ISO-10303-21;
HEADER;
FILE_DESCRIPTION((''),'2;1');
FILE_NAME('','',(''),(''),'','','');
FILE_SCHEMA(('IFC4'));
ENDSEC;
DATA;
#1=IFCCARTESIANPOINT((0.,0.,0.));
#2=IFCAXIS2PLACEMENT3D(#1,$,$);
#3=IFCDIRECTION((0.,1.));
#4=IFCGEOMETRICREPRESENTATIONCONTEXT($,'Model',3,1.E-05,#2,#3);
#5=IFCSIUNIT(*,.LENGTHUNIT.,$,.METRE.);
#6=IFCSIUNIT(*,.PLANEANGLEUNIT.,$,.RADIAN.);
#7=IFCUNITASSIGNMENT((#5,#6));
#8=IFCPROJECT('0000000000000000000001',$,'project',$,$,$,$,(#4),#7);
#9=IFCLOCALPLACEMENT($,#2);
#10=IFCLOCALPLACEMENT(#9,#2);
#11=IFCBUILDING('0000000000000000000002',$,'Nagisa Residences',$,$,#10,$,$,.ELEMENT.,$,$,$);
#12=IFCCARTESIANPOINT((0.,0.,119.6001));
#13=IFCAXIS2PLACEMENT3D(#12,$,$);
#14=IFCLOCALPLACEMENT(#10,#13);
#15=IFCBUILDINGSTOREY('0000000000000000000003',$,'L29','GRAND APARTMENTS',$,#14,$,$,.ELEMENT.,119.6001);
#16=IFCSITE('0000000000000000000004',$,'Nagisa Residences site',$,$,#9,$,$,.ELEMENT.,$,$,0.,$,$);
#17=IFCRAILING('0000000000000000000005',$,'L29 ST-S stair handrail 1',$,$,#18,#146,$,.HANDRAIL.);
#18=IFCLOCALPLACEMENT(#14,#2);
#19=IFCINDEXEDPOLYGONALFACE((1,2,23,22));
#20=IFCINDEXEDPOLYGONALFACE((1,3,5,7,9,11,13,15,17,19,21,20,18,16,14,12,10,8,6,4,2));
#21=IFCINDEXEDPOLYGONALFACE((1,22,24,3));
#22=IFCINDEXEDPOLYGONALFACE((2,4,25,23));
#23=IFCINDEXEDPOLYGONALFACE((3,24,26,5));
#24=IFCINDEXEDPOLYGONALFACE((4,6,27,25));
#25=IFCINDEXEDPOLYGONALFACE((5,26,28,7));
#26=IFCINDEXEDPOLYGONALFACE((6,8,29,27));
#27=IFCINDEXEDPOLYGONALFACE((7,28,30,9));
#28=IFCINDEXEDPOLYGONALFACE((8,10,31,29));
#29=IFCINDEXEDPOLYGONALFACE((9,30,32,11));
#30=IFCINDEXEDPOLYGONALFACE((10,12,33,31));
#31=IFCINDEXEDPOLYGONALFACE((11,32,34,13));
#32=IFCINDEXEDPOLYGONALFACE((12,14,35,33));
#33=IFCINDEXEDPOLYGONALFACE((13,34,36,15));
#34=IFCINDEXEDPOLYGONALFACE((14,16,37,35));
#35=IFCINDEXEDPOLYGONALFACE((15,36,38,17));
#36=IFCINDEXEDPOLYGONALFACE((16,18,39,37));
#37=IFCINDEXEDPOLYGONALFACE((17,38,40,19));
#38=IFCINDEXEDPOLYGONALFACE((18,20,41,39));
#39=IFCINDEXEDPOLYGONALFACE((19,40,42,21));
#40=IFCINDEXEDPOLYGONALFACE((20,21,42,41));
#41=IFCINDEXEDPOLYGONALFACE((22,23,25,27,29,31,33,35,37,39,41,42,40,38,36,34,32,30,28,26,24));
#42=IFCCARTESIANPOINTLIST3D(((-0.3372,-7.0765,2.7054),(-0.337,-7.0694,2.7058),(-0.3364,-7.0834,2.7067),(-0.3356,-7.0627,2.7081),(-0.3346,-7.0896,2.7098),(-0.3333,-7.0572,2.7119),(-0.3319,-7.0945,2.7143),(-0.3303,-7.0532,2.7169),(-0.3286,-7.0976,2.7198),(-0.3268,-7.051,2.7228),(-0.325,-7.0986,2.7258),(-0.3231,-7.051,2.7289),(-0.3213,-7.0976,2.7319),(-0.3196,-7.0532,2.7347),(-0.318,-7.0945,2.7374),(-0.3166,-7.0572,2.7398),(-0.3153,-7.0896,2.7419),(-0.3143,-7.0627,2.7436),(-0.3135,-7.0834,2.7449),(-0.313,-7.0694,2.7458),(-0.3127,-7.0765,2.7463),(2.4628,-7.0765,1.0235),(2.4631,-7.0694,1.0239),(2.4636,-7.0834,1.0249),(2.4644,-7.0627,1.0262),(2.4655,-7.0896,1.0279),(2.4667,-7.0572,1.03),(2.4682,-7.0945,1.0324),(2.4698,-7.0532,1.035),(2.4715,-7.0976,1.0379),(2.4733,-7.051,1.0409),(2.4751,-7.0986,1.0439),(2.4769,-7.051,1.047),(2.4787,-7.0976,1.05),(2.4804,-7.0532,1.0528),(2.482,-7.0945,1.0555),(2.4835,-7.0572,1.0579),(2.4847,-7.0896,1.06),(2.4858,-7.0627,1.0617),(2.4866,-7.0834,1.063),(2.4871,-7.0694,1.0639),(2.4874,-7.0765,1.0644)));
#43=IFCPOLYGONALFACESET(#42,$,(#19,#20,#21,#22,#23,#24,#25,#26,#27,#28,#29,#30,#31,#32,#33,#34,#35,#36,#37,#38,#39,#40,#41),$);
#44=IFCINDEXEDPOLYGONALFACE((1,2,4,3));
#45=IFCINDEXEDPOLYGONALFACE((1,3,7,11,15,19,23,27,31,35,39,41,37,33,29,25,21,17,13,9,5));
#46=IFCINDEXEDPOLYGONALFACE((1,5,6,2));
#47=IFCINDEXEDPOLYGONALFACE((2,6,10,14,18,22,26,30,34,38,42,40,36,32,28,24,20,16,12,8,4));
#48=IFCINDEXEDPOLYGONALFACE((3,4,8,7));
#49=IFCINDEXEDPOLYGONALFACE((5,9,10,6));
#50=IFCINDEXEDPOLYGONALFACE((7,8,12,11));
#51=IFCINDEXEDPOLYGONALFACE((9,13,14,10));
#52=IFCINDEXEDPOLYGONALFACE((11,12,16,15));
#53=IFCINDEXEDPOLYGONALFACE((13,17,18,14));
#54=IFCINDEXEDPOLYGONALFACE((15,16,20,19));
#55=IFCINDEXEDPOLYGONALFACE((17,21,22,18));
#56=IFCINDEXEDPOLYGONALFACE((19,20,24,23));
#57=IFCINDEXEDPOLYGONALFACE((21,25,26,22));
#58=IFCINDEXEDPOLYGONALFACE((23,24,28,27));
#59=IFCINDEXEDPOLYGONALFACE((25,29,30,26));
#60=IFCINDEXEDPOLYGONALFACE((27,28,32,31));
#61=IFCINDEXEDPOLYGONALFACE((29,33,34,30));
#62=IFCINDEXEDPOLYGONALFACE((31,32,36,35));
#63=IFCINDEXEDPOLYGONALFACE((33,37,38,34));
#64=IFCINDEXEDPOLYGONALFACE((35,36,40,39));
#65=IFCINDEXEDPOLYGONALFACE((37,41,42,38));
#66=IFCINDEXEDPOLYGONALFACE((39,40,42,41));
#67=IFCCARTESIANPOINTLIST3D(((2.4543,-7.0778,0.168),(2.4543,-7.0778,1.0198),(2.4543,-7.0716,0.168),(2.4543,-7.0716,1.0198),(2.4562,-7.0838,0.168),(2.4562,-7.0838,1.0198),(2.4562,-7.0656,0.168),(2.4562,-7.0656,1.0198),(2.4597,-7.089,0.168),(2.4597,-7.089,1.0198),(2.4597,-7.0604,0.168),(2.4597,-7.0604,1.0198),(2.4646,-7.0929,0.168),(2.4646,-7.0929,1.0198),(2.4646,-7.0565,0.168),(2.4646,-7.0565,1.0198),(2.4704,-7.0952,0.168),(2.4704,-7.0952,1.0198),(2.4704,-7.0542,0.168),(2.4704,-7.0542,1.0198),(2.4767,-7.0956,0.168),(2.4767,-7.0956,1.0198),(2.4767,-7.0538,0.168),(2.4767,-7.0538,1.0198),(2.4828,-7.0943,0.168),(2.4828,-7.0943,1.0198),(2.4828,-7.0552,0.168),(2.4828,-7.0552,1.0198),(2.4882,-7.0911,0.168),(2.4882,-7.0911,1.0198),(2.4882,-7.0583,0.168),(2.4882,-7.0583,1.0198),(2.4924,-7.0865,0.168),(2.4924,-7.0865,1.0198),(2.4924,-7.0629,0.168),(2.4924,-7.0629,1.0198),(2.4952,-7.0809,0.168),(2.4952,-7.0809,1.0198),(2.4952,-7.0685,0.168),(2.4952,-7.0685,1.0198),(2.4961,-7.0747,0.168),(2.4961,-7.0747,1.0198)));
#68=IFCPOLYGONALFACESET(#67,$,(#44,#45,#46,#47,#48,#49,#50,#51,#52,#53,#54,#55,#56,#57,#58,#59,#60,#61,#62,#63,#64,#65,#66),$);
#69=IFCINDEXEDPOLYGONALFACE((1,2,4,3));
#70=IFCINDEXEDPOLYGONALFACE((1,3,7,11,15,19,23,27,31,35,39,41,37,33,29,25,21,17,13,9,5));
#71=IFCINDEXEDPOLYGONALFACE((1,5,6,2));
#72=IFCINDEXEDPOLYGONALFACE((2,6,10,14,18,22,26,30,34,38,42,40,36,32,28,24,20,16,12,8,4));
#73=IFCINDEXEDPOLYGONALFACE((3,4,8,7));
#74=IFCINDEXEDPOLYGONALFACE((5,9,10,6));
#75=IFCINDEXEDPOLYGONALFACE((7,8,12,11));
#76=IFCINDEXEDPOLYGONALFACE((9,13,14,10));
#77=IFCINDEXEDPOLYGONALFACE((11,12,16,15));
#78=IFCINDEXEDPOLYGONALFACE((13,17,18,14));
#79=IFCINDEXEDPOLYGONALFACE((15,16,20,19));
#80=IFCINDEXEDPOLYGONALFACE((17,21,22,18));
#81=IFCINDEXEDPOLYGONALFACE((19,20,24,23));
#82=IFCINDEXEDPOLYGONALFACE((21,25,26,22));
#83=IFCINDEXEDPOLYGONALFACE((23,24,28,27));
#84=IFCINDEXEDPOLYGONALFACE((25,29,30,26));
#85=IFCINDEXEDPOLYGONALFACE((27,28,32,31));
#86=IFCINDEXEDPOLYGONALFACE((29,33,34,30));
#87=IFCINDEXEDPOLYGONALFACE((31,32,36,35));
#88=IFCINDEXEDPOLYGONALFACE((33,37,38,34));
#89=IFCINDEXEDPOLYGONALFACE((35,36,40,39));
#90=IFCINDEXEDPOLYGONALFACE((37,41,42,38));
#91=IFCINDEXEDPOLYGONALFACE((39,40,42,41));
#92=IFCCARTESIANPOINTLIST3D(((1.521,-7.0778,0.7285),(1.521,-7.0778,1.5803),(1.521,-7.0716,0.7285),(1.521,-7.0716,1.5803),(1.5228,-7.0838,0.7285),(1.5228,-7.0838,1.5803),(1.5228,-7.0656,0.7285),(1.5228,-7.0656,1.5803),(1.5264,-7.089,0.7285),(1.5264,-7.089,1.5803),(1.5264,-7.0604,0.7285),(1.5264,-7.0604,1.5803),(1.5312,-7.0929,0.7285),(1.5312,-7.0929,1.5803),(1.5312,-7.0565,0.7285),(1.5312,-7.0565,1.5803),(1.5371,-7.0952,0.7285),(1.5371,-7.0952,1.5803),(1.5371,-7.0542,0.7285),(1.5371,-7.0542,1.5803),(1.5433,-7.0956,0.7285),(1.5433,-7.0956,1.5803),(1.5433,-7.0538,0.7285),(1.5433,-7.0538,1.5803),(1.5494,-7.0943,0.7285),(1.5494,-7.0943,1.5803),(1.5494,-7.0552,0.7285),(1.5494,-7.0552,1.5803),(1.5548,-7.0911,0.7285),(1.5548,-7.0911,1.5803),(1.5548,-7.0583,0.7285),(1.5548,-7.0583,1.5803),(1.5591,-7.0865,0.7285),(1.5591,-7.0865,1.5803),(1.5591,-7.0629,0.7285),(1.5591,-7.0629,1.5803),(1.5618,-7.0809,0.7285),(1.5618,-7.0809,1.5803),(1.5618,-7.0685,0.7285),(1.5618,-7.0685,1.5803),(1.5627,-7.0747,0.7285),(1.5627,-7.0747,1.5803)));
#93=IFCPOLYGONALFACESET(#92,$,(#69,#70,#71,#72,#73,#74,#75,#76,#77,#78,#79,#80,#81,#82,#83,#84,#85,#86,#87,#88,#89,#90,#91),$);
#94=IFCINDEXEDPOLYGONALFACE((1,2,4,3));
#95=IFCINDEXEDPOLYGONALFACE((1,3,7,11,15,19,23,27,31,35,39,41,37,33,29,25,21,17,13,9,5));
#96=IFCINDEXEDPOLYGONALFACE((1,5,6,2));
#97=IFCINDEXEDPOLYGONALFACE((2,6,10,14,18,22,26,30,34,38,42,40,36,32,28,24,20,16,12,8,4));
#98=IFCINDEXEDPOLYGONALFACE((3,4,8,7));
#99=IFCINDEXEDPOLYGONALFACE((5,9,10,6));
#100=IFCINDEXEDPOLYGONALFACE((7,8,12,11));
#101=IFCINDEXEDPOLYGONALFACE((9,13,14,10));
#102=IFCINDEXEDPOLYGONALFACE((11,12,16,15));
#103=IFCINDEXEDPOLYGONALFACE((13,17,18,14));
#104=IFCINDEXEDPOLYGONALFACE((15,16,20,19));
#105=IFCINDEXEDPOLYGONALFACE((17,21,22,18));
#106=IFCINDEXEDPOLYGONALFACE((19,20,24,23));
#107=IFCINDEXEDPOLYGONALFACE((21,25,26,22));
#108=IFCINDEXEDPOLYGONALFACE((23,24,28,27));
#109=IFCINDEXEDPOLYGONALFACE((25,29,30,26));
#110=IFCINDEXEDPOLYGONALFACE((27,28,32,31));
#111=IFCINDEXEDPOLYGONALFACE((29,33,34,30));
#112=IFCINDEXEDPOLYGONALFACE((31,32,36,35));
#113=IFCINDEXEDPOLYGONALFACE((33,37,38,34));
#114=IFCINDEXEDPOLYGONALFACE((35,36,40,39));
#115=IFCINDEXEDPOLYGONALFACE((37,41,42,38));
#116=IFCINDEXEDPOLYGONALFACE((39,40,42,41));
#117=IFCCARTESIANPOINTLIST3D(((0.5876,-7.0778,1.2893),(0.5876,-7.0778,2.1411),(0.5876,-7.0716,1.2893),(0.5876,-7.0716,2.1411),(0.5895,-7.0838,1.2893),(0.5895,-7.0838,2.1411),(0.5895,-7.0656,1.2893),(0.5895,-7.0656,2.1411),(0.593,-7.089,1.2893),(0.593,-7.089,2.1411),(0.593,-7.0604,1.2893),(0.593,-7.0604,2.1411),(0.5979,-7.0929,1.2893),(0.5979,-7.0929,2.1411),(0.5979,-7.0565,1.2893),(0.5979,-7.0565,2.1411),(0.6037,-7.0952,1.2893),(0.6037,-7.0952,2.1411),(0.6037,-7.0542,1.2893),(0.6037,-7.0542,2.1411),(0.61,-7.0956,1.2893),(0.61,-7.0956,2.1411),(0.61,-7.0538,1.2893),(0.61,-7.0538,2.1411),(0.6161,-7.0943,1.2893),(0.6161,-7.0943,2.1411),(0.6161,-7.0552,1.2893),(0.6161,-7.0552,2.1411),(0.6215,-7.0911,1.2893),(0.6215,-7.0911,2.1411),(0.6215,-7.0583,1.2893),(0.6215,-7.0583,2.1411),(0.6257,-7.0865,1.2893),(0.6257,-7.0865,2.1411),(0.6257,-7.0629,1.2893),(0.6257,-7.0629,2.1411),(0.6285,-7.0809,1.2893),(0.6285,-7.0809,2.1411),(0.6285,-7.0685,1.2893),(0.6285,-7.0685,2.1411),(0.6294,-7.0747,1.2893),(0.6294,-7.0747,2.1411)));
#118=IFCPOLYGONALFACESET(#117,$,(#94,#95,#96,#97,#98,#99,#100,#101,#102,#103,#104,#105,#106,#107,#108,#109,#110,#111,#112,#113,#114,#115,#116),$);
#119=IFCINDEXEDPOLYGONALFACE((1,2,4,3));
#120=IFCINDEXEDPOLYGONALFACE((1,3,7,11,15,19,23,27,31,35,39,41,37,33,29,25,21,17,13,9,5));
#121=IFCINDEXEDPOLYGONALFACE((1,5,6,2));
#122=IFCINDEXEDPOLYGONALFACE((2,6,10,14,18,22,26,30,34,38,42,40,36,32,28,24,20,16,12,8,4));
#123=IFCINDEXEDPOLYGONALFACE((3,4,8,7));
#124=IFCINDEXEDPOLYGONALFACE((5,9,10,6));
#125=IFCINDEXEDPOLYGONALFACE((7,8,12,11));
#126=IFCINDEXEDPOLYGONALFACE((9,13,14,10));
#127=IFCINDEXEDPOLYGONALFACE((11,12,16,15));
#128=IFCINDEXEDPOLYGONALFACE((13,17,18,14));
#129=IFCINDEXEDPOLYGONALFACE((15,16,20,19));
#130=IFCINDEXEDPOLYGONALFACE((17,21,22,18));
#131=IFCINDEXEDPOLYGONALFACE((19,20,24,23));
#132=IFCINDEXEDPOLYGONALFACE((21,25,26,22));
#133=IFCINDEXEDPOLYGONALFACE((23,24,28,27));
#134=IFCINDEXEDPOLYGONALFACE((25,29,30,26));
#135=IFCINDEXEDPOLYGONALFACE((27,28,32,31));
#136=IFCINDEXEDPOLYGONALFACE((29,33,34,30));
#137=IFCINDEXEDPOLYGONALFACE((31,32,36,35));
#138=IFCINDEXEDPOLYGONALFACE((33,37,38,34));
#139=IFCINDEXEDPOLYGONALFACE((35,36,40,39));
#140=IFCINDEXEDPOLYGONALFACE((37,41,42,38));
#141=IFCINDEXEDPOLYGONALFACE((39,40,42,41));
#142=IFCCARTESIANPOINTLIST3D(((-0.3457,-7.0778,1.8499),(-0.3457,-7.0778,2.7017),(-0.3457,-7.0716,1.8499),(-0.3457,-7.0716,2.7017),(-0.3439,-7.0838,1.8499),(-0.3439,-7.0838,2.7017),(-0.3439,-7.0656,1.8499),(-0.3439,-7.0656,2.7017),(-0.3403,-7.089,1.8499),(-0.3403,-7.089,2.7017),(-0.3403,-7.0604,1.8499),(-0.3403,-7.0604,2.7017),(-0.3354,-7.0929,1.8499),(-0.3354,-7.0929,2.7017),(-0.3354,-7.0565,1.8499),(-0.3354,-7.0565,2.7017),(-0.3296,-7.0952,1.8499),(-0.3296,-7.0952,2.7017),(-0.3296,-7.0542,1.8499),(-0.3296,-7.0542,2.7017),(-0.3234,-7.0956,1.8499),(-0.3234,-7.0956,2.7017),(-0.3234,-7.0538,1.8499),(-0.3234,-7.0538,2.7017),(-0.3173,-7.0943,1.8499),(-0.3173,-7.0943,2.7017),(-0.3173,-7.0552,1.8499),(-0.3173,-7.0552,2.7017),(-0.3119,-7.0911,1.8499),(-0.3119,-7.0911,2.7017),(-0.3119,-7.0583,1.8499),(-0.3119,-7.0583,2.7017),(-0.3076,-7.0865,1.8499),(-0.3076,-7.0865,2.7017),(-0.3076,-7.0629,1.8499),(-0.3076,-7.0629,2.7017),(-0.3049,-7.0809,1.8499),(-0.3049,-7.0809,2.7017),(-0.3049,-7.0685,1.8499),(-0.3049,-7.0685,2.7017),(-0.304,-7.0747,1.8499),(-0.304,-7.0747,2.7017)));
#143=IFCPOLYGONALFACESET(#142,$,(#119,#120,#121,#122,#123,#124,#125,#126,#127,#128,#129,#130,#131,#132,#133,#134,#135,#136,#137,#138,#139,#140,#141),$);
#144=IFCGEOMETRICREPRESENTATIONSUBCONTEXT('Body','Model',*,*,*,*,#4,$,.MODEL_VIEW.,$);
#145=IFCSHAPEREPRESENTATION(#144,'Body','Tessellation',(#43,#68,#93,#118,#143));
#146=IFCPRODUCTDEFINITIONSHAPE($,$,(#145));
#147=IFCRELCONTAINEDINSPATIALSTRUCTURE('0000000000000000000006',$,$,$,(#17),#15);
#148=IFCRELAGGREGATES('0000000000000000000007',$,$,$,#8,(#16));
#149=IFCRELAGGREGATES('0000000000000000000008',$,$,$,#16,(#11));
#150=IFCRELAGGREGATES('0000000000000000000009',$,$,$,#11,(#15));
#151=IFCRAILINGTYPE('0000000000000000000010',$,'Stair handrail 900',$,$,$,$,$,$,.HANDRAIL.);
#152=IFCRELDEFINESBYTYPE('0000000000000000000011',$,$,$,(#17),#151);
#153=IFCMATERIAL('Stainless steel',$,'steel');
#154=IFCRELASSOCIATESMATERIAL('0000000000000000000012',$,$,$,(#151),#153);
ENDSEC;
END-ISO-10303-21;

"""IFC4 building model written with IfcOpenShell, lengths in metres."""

from ifc_helpers import new_model, si_unit, direction, frame, origin, origin_2d, place, context, subcontext, project, spatial, circle, extrude, material, type_object, element, save


model = new_model("IFC4")

# Units and contexts
model_context = context("Model", 3, precision=1e-05, world=origin(), true_north=direction((0.0, 1.0)))
body_context = subcontext(model_context, "Body", "Model", "MODEL_VIEW")
ifc_project = project(units=[si_unit("LENGTHUNIT", "METRE"), si_unit("PLANEANGLEUNIT", "RADIAN")], contexts=[model_context])

# Site, building, storey
site_placement = place(None, origin())
site = spatial("IfcSite", under=ifc_project, at=site_placement, Name="Nagisa Residences site", CompositionType="ELEMENT", RefElevation=0.0)
building_placement = place(site_placement, origin())
building = spatial("IfcBuilding", under=site, at=building_placement, Name="Nagisa Residences", CompositionType="ELEMENT")
storey_placement = place(building_placement, frame((0.0, 0.0, 119.6001)))
storey = spatial("IfcBuildingStorey", under=building, at=storey_placement, Name="L29", Description="GRAND APARTMENTS", CompositionType="ELEMENT", Elevation=119.6001)

# Railing
ifc_material_1 = material(Name="Stainless steel", Category="steel")
railing_type_1 = type_object("IfcRailingType", Name="Stair handrail 900", PredefinedType="HANDRAIL", material=ifc_material_1)
railing_1_placement = place(storey_placement, frame((2.4751, -7.0747, 0.168)))
element("IfcRailing", 1, at=railing_1_placement, inside=storey, type_object=railing_type_1, Name="L29 ST-S stair handrail 1", PredefinedType="HANDRAIL", context=body_context, shape_type="SweptSolid", body=[
    extrude(circle(Radius=0.0239, at=origin_2d()), frame((0.0, 0.0, 0.876), z_axis=(-0.857242, 0.0, 0.514913), x_axis=(0.0, -1.0, 0.0)), (0.0, 0.0, 1.0), 3.2664),
    extrude(circle(Radius=0.021, at=origin_2d()), origin(), (0.0, 0.0, 1.0), 0.8518),
    extrude(circle(Radius=0.021, at=origin_2d()), frame((-0.9333, 0.0, 0.5605)), (0.0, 0.0, 1.0), 0.8518),
    extrude(circle(Radius=0.021, at=origin_2d()), frame((-1.8667, 0.0, 1.1213)), (0.0, 0.0, 1.0), 0.8518),
    extrude(circle(Radius=0.021, at=origin_2d()), frame((-2.8, 0.0, 1.6819)), (0.0, 0.0, 1.0), 0.8518),
])

save(model, "model.ifc")
